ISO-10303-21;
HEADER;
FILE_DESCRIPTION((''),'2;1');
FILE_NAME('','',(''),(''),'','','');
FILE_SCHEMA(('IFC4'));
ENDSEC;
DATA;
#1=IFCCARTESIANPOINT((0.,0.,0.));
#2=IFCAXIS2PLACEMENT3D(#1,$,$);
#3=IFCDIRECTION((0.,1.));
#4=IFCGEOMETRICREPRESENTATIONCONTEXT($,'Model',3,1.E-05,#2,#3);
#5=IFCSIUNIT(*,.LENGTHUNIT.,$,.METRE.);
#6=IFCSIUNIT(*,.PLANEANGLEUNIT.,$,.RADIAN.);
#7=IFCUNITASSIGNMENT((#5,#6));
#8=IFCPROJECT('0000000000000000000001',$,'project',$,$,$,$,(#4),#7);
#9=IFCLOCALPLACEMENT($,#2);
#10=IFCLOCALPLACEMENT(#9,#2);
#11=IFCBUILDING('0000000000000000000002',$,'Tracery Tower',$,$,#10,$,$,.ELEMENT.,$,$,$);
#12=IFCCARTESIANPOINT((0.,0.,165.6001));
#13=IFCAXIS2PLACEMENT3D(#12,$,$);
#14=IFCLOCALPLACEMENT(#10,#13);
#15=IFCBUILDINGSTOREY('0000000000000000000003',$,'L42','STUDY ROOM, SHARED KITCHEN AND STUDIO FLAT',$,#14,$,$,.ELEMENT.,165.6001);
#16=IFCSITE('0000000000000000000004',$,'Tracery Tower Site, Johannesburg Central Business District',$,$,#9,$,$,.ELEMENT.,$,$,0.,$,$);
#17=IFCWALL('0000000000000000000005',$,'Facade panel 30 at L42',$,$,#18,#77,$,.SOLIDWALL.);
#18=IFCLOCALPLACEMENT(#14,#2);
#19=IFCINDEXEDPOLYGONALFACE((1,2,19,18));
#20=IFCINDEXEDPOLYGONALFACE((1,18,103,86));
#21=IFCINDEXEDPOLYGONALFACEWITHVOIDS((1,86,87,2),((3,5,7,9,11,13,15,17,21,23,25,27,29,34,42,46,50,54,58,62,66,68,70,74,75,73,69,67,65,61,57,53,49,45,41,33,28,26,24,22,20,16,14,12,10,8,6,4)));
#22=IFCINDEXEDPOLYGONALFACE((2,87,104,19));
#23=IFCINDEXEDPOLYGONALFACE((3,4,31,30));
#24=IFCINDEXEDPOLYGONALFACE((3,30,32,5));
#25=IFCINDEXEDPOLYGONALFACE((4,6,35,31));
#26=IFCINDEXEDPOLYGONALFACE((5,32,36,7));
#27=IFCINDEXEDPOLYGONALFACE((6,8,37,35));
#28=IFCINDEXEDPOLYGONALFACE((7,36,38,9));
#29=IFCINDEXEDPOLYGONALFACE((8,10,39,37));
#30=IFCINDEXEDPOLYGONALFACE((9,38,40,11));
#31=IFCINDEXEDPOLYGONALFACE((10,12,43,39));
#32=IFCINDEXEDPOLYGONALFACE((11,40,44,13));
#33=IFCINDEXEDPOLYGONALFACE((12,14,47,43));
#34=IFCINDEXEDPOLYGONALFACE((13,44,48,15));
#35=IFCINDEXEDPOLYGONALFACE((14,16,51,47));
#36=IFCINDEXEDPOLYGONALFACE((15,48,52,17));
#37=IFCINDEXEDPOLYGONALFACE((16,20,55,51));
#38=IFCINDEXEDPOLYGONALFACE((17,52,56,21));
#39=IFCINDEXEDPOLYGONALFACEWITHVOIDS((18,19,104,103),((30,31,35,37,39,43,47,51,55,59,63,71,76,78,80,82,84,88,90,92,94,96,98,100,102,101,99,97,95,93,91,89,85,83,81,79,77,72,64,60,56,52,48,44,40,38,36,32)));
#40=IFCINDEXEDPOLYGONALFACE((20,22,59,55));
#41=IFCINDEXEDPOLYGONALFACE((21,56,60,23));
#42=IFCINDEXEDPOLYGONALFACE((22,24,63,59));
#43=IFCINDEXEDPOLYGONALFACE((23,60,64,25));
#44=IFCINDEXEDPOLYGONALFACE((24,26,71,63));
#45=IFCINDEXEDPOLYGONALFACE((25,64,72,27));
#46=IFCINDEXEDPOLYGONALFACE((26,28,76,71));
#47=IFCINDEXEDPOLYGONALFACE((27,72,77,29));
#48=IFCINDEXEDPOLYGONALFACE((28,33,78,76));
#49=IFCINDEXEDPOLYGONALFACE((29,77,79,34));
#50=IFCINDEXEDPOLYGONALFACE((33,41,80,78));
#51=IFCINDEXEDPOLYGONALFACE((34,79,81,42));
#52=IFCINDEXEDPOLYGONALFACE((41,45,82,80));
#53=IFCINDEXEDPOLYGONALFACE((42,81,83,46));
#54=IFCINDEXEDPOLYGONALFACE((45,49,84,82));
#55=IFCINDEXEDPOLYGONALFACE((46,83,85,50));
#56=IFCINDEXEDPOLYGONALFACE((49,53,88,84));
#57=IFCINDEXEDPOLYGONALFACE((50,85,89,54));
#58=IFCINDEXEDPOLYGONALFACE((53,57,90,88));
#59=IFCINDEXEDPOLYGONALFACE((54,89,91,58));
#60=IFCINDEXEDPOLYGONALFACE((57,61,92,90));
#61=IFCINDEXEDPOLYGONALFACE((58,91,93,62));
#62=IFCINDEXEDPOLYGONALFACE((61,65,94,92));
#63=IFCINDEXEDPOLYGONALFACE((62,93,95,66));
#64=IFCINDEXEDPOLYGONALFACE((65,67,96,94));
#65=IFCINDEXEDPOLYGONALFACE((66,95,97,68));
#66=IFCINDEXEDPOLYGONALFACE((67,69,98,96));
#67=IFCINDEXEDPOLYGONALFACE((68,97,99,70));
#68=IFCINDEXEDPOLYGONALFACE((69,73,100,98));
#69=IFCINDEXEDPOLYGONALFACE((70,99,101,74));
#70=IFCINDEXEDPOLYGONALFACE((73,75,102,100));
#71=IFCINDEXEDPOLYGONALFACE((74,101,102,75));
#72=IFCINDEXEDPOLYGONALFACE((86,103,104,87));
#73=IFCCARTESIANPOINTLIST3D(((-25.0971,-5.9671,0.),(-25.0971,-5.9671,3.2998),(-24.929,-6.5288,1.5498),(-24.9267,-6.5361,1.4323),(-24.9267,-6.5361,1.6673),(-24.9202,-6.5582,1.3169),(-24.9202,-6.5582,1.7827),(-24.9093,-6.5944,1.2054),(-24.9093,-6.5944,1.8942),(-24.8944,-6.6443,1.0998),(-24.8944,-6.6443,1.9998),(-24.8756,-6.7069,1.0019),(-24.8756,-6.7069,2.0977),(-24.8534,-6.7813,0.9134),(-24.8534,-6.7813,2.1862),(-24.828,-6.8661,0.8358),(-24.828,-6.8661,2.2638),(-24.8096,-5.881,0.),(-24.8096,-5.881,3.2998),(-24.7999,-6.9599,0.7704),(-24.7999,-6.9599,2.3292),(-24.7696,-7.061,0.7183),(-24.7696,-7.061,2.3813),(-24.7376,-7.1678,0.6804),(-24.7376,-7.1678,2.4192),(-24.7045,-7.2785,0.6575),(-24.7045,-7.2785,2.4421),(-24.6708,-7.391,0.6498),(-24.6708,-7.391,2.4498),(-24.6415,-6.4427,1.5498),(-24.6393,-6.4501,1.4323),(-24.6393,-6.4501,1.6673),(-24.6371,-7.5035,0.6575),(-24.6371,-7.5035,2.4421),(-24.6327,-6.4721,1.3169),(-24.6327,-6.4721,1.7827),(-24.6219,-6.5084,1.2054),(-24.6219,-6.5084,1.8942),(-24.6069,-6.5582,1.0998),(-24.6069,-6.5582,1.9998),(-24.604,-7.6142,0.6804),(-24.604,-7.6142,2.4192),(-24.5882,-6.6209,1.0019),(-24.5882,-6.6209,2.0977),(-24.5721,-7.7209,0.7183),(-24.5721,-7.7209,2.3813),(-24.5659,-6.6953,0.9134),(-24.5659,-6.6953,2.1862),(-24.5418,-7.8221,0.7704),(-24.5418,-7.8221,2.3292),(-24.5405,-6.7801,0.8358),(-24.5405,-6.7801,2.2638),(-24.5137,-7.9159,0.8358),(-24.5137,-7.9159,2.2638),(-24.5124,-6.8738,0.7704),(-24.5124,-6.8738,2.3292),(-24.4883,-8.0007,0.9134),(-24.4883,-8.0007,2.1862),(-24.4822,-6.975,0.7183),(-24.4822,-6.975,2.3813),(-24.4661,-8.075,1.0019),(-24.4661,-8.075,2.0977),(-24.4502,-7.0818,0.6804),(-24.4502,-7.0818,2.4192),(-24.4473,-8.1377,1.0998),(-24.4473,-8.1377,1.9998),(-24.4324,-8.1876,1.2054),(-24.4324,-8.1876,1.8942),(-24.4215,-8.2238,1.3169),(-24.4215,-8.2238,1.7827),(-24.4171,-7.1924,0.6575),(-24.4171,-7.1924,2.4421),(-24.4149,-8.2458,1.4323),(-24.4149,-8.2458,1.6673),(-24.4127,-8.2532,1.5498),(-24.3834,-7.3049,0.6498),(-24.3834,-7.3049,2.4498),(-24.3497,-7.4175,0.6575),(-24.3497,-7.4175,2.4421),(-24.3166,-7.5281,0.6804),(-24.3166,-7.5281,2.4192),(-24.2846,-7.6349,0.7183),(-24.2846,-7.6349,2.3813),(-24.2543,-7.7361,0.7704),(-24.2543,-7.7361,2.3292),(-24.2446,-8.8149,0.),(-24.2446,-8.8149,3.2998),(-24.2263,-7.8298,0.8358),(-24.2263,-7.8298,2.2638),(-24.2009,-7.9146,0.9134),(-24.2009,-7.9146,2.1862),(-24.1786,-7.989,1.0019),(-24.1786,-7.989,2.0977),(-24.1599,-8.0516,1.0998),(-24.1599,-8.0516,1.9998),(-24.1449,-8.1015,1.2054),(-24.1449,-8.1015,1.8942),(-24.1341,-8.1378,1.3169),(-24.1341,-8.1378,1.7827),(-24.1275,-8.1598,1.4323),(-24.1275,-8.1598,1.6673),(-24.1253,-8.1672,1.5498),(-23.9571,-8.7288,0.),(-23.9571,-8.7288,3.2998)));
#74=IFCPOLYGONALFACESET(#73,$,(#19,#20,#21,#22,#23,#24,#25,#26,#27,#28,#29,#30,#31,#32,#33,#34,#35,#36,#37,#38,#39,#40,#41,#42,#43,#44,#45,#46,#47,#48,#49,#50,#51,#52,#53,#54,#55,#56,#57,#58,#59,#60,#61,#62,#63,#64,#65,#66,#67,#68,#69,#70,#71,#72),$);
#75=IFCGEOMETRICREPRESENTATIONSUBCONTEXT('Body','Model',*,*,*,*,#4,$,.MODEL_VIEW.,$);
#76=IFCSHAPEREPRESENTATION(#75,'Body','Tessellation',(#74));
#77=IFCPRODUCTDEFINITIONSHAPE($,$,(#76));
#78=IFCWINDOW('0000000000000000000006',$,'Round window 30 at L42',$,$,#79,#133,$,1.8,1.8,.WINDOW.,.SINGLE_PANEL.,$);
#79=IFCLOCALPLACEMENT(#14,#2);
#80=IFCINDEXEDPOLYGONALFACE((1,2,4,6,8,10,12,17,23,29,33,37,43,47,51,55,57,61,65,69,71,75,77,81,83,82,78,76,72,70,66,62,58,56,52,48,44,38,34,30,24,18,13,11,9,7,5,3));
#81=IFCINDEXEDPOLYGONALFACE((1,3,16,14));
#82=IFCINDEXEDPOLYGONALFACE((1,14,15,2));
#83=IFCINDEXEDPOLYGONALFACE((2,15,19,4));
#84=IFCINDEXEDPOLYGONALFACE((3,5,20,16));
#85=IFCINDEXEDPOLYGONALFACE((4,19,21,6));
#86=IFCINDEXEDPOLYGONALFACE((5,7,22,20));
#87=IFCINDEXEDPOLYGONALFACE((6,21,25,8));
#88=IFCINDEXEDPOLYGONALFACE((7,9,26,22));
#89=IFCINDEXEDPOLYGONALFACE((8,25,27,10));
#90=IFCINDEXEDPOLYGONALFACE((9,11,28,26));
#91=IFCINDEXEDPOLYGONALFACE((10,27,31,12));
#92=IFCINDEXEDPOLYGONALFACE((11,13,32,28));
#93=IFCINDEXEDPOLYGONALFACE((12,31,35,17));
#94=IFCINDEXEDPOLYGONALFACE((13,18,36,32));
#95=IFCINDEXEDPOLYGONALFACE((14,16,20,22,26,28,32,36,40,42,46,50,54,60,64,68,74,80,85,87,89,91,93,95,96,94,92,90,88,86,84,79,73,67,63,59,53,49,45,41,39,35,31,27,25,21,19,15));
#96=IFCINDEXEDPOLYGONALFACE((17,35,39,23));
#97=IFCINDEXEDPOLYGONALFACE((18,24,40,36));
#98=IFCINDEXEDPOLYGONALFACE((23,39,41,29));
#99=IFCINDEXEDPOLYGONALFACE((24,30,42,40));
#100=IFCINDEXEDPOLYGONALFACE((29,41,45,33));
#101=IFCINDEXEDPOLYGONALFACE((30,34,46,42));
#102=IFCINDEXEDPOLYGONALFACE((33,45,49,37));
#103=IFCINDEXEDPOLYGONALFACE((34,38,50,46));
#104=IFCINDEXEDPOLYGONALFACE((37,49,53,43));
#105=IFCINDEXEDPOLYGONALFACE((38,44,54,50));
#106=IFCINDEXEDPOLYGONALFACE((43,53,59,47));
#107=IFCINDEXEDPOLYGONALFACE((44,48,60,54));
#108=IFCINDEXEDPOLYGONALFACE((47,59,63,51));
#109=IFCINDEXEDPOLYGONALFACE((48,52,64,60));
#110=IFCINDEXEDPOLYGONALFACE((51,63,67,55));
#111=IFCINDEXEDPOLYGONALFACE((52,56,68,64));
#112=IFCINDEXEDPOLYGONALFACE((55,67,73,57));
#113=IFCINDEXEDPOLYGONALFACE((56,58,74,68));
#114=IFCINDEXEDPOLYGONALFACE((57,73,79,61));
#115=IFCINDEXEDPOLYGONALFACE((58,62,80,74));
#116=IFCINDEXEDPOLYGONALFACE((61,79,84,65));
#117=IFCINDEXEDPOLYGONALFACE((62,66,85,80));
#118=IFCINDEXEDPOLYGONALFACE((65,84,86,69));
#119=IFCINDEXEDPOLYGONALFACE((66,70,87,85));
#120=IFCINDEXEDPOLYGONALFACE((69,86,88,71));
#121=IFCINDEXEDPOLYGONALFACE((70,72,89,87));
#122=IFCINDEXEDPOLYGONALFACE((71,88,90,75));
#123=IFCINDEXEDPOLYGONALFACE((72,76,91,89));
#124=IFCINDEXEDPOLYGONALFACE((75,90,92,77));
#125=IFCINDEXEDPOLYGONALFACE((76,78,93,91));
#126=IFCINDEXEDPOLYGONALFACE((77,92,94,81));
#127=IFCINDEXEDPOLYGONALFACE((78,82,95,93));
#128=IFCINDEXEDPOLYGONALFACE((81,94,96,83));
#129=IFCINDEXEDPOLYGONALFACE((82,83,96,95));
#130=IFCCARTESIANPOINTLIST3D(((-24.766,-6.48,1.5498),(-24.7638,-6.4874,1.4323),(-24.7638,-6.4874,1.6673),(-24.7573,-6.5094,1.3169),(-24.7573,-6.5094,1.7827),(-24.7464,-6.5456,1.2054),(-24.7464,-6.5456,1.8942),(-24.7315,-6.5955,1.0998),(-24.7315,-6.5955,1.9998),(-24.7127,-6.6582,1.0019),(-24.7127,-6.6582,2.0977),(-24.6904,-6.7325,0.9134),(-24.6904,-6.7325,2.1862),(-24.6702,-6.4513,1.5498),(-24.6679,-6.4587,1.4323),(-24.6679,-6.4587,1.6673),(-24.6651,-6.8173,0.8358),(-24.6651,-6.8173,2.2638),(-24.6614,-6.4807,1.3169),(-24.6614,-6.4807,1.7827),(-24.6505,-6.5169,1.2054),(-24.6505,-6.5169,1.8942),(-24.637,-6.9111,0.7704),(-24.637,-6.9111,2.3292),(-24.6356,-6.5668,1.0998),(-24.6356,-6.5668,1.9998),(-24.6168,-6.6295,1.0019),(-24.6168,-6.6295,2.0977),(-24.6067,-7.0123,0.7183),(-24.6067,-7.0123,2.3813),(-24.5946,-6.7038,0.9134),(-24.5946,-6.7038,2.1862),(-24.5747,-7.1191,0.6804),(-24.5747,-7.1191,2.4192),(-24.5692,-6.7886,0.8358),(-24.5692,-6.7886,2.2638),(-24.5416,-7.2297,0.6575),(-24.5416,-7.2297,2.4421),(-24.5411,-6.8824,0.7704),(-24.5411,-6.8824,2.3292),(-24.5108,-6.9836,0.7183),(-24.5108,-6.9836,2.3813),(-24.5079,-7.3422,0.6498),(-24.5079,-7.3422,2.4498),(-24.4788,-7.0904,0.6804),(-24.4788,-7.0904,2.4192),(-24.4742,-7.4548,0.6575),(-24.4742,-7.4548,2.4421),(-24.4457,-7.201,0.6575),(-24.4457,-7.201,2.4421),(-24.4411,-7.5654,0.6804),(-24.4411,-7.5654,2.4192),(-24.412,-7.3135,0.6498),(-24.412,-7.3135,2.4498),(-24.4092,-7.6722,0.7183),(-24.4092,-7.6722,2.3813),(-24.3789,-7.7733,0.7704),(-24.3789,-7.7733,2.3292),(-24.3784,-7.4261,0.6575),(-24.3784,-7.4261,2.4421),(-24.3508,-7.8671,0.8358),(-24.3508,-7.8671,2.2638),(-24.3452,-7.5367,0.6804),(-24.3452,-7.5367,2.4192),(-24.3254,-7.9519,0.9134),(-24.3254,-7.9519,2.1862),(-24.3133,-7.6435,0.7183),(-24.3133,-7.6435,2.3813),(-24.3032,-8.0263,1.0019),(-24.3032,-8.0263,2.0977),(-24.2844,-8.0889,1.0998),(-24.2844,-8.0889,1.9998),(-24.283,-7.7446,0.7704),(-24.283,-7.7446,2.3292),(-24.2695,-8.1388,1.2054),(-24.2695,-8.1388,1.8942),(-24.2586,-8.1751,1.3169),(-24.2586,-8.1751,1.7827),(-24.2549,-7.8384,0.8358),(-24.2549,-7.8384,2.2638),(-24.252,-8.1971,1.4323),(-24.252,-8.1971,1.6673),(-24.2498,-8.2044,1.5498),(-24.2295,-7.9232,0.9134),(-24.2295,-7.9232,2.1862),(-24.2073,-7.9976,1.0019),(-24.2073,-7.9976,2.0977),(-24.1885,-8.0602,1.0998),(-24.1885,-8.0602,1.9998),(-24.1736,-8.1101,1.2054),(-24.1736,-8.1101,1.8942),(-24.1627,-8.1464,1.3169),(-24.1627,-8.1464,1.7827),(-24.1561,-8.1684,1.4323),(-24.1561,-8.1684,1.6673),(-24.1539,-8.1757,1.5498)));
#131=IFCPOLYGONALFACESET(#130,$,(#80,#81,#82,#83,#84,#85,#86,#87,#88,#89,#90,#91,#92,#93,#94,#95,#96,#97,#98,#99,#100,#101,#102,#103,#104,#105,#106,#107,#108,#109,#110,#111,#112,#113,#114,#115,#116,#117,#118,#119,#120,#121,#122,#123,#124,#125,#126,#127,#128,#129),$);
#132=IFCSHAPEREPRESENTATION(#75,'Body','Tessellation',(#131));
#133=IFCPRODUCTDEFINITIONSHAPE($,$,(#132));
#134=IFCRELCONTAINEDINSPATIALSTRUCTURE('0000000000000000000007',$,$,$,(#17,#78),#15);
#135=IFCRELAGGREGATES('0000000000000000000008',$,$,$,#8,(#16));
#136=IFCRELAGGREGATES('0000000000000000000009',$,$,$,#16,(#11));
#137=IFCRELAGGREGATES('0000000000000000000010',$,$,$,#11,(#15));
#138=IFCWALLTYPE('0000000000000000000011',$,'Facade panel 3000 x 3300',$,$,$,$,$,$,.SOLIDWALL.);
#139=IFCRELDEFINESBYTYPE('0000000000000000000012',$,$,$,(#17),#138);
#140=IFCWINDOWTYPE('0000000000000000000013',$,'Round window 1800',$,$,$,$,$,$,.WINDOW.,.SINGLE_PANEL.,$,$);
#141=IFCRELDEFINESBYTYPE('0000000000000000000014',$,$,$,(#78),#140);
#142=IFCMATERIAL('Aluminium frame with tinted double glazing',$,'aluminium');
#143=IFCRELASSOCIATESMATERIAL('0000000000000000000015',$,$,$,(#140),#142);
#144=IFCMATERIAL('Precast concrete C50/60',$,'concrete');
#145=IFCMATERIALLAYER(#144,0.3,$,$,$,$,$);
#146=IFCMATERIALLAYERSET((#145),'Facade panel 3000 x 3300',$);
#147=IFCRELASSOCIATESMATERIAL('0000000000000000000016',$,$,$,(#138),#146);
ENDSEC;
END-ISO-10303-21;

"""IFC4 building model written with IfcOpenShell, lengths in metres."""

from ifc_helpers import new_model, si_unit, direction, frame, frame_2d, origin, origin_2d, place, context, subcontext, project, spatial, rectangle, circle, extrude, material, layer, layer_set, type_object, element, fill, save


model = new_model("IFC4")

# Units and contexts
model_context = context("Model", 3, precision=1e-05, world=origin(), true_north=direction((0.0, 1.0)))
body_context = subcontext(model_context, "Body", "Model", "MODEL_VIEW")
ifc_project = project(units=[si_unit("LENGTHUNIT", "METRE"), si_unit("PLANEANGLEUNIT", "RADIAN")], contexts=[model_context])

# Site, building, storey
site_placement = place(None, origin())
site = spatial("IfcSite", under=ifc_project, at=site_placement, Name="Tracery Tower Site, Johannesburg Central Business District", CompositionType="ELEMENT", RefElevation=0.0)
building_placement = place(site_placement, origin())
building = spatial("IfcBuilding", under=site, at=building_placement, Name="Tracery Tower", CompositionType="ELEMENT")
storey_placement = place(building_placement, frame((0.0, 0.0, 165.6001)))
storey = spatial("IfcBuildingStorey", under=building, at=storey_placement, Name="L42", Description="STUDY ROOM, SHARED KITCHEN AND STUDIO FLAT", CompositionType="ELEMENT", Elevation=165.6001)

# Wall, opening, window
ifc_material_1 = material(Name="Aluminium frame with tinted double glazing", Category="aluminium")
window_type = type_object("IfcWindowType", Name="Round window 1800", PartitioningType="SINGLE_PANEL", PredefinedType="WINDOW", material=ifc_material_1)
ifc_material_2 = material(Name="Precast concrete C50/60", Category="concrete")
ifc_layer_1 = layer(ifc_material_2, 0.3)
ifc_layer_set_1 = layer_set([ifc_layer_1], Name="Facade panel 3000 x 3300")
wall_type_1 = type_object("IfcWallType", Name="Facade panel 3000 x 3300", PredefinedType="SOLIDWALL", material=ifc_layer_set_1)
wall_1_placement = place(storey_placement, frame((-24.9534, -5.9241, 0.0), z_axis=(0.0, 0.0, 1.0), x_axis=(0.286783, -0.957996, 0.0)))
wall_1 = element("IfcWall", 1, at=wall_1_placement, inside=storey, type_object=wall_type_1, Name="Facade panel 30 at L42", PredefinedType="SOLIDWALL", context=body_context, shape_type="SweptSolid", body=[
    extrude(rectangle(XDim=2.9727, YDim=0.3, at=frame_2d((1.4863, 0.0))), origin(), (0.0, 0.0, 1.0), 3.2998),
])
opening_1_placement = place(wall_1_placement, frame((1.4863, 0.0, 1.5498)))
opening_1 = element("IfcOpeningElement", 2, at=opening_1_placement, cuts=wall_1, PredefinedType="OPENING", context=body_context, shape_type="SweptSolid", body=[
    extrude(circle(Radius=0.9, at=origin_2d()), frame((0.0, 0.1599, 0.0), z_axis=(0.0, -1.0, 0.0), x_axis=(1.0, 0.0, 0.0)), (0.0, 0.0, 1.0), 0.3201),
])
window_1_placement = place(opening_1_placement, origin())
window_1 = element("IfcWindow", 3, at=window_1_placement, inside=storey, type_object=window_type, Name="Round window 30 at L42", OverallHeight=1.8, OverallWidth=1.8, PartitioningType="SINGLE_PANEL", PredefinedType="WINDOW", context=body_context, shape_type="SweptSolid", body=[
    extrude(circle(Radius=0.9, at=origin_2d()), frame((0.0, 0.1201, 0.0), z_axis=(0.0, -1.0, 0.0), x_axis=(1.0, 0.0, 0.0)), (0.0, 0.0, 1.0), 0.1001),
])
fill(opening_1, window_1)

save(model, "model.ifc")
